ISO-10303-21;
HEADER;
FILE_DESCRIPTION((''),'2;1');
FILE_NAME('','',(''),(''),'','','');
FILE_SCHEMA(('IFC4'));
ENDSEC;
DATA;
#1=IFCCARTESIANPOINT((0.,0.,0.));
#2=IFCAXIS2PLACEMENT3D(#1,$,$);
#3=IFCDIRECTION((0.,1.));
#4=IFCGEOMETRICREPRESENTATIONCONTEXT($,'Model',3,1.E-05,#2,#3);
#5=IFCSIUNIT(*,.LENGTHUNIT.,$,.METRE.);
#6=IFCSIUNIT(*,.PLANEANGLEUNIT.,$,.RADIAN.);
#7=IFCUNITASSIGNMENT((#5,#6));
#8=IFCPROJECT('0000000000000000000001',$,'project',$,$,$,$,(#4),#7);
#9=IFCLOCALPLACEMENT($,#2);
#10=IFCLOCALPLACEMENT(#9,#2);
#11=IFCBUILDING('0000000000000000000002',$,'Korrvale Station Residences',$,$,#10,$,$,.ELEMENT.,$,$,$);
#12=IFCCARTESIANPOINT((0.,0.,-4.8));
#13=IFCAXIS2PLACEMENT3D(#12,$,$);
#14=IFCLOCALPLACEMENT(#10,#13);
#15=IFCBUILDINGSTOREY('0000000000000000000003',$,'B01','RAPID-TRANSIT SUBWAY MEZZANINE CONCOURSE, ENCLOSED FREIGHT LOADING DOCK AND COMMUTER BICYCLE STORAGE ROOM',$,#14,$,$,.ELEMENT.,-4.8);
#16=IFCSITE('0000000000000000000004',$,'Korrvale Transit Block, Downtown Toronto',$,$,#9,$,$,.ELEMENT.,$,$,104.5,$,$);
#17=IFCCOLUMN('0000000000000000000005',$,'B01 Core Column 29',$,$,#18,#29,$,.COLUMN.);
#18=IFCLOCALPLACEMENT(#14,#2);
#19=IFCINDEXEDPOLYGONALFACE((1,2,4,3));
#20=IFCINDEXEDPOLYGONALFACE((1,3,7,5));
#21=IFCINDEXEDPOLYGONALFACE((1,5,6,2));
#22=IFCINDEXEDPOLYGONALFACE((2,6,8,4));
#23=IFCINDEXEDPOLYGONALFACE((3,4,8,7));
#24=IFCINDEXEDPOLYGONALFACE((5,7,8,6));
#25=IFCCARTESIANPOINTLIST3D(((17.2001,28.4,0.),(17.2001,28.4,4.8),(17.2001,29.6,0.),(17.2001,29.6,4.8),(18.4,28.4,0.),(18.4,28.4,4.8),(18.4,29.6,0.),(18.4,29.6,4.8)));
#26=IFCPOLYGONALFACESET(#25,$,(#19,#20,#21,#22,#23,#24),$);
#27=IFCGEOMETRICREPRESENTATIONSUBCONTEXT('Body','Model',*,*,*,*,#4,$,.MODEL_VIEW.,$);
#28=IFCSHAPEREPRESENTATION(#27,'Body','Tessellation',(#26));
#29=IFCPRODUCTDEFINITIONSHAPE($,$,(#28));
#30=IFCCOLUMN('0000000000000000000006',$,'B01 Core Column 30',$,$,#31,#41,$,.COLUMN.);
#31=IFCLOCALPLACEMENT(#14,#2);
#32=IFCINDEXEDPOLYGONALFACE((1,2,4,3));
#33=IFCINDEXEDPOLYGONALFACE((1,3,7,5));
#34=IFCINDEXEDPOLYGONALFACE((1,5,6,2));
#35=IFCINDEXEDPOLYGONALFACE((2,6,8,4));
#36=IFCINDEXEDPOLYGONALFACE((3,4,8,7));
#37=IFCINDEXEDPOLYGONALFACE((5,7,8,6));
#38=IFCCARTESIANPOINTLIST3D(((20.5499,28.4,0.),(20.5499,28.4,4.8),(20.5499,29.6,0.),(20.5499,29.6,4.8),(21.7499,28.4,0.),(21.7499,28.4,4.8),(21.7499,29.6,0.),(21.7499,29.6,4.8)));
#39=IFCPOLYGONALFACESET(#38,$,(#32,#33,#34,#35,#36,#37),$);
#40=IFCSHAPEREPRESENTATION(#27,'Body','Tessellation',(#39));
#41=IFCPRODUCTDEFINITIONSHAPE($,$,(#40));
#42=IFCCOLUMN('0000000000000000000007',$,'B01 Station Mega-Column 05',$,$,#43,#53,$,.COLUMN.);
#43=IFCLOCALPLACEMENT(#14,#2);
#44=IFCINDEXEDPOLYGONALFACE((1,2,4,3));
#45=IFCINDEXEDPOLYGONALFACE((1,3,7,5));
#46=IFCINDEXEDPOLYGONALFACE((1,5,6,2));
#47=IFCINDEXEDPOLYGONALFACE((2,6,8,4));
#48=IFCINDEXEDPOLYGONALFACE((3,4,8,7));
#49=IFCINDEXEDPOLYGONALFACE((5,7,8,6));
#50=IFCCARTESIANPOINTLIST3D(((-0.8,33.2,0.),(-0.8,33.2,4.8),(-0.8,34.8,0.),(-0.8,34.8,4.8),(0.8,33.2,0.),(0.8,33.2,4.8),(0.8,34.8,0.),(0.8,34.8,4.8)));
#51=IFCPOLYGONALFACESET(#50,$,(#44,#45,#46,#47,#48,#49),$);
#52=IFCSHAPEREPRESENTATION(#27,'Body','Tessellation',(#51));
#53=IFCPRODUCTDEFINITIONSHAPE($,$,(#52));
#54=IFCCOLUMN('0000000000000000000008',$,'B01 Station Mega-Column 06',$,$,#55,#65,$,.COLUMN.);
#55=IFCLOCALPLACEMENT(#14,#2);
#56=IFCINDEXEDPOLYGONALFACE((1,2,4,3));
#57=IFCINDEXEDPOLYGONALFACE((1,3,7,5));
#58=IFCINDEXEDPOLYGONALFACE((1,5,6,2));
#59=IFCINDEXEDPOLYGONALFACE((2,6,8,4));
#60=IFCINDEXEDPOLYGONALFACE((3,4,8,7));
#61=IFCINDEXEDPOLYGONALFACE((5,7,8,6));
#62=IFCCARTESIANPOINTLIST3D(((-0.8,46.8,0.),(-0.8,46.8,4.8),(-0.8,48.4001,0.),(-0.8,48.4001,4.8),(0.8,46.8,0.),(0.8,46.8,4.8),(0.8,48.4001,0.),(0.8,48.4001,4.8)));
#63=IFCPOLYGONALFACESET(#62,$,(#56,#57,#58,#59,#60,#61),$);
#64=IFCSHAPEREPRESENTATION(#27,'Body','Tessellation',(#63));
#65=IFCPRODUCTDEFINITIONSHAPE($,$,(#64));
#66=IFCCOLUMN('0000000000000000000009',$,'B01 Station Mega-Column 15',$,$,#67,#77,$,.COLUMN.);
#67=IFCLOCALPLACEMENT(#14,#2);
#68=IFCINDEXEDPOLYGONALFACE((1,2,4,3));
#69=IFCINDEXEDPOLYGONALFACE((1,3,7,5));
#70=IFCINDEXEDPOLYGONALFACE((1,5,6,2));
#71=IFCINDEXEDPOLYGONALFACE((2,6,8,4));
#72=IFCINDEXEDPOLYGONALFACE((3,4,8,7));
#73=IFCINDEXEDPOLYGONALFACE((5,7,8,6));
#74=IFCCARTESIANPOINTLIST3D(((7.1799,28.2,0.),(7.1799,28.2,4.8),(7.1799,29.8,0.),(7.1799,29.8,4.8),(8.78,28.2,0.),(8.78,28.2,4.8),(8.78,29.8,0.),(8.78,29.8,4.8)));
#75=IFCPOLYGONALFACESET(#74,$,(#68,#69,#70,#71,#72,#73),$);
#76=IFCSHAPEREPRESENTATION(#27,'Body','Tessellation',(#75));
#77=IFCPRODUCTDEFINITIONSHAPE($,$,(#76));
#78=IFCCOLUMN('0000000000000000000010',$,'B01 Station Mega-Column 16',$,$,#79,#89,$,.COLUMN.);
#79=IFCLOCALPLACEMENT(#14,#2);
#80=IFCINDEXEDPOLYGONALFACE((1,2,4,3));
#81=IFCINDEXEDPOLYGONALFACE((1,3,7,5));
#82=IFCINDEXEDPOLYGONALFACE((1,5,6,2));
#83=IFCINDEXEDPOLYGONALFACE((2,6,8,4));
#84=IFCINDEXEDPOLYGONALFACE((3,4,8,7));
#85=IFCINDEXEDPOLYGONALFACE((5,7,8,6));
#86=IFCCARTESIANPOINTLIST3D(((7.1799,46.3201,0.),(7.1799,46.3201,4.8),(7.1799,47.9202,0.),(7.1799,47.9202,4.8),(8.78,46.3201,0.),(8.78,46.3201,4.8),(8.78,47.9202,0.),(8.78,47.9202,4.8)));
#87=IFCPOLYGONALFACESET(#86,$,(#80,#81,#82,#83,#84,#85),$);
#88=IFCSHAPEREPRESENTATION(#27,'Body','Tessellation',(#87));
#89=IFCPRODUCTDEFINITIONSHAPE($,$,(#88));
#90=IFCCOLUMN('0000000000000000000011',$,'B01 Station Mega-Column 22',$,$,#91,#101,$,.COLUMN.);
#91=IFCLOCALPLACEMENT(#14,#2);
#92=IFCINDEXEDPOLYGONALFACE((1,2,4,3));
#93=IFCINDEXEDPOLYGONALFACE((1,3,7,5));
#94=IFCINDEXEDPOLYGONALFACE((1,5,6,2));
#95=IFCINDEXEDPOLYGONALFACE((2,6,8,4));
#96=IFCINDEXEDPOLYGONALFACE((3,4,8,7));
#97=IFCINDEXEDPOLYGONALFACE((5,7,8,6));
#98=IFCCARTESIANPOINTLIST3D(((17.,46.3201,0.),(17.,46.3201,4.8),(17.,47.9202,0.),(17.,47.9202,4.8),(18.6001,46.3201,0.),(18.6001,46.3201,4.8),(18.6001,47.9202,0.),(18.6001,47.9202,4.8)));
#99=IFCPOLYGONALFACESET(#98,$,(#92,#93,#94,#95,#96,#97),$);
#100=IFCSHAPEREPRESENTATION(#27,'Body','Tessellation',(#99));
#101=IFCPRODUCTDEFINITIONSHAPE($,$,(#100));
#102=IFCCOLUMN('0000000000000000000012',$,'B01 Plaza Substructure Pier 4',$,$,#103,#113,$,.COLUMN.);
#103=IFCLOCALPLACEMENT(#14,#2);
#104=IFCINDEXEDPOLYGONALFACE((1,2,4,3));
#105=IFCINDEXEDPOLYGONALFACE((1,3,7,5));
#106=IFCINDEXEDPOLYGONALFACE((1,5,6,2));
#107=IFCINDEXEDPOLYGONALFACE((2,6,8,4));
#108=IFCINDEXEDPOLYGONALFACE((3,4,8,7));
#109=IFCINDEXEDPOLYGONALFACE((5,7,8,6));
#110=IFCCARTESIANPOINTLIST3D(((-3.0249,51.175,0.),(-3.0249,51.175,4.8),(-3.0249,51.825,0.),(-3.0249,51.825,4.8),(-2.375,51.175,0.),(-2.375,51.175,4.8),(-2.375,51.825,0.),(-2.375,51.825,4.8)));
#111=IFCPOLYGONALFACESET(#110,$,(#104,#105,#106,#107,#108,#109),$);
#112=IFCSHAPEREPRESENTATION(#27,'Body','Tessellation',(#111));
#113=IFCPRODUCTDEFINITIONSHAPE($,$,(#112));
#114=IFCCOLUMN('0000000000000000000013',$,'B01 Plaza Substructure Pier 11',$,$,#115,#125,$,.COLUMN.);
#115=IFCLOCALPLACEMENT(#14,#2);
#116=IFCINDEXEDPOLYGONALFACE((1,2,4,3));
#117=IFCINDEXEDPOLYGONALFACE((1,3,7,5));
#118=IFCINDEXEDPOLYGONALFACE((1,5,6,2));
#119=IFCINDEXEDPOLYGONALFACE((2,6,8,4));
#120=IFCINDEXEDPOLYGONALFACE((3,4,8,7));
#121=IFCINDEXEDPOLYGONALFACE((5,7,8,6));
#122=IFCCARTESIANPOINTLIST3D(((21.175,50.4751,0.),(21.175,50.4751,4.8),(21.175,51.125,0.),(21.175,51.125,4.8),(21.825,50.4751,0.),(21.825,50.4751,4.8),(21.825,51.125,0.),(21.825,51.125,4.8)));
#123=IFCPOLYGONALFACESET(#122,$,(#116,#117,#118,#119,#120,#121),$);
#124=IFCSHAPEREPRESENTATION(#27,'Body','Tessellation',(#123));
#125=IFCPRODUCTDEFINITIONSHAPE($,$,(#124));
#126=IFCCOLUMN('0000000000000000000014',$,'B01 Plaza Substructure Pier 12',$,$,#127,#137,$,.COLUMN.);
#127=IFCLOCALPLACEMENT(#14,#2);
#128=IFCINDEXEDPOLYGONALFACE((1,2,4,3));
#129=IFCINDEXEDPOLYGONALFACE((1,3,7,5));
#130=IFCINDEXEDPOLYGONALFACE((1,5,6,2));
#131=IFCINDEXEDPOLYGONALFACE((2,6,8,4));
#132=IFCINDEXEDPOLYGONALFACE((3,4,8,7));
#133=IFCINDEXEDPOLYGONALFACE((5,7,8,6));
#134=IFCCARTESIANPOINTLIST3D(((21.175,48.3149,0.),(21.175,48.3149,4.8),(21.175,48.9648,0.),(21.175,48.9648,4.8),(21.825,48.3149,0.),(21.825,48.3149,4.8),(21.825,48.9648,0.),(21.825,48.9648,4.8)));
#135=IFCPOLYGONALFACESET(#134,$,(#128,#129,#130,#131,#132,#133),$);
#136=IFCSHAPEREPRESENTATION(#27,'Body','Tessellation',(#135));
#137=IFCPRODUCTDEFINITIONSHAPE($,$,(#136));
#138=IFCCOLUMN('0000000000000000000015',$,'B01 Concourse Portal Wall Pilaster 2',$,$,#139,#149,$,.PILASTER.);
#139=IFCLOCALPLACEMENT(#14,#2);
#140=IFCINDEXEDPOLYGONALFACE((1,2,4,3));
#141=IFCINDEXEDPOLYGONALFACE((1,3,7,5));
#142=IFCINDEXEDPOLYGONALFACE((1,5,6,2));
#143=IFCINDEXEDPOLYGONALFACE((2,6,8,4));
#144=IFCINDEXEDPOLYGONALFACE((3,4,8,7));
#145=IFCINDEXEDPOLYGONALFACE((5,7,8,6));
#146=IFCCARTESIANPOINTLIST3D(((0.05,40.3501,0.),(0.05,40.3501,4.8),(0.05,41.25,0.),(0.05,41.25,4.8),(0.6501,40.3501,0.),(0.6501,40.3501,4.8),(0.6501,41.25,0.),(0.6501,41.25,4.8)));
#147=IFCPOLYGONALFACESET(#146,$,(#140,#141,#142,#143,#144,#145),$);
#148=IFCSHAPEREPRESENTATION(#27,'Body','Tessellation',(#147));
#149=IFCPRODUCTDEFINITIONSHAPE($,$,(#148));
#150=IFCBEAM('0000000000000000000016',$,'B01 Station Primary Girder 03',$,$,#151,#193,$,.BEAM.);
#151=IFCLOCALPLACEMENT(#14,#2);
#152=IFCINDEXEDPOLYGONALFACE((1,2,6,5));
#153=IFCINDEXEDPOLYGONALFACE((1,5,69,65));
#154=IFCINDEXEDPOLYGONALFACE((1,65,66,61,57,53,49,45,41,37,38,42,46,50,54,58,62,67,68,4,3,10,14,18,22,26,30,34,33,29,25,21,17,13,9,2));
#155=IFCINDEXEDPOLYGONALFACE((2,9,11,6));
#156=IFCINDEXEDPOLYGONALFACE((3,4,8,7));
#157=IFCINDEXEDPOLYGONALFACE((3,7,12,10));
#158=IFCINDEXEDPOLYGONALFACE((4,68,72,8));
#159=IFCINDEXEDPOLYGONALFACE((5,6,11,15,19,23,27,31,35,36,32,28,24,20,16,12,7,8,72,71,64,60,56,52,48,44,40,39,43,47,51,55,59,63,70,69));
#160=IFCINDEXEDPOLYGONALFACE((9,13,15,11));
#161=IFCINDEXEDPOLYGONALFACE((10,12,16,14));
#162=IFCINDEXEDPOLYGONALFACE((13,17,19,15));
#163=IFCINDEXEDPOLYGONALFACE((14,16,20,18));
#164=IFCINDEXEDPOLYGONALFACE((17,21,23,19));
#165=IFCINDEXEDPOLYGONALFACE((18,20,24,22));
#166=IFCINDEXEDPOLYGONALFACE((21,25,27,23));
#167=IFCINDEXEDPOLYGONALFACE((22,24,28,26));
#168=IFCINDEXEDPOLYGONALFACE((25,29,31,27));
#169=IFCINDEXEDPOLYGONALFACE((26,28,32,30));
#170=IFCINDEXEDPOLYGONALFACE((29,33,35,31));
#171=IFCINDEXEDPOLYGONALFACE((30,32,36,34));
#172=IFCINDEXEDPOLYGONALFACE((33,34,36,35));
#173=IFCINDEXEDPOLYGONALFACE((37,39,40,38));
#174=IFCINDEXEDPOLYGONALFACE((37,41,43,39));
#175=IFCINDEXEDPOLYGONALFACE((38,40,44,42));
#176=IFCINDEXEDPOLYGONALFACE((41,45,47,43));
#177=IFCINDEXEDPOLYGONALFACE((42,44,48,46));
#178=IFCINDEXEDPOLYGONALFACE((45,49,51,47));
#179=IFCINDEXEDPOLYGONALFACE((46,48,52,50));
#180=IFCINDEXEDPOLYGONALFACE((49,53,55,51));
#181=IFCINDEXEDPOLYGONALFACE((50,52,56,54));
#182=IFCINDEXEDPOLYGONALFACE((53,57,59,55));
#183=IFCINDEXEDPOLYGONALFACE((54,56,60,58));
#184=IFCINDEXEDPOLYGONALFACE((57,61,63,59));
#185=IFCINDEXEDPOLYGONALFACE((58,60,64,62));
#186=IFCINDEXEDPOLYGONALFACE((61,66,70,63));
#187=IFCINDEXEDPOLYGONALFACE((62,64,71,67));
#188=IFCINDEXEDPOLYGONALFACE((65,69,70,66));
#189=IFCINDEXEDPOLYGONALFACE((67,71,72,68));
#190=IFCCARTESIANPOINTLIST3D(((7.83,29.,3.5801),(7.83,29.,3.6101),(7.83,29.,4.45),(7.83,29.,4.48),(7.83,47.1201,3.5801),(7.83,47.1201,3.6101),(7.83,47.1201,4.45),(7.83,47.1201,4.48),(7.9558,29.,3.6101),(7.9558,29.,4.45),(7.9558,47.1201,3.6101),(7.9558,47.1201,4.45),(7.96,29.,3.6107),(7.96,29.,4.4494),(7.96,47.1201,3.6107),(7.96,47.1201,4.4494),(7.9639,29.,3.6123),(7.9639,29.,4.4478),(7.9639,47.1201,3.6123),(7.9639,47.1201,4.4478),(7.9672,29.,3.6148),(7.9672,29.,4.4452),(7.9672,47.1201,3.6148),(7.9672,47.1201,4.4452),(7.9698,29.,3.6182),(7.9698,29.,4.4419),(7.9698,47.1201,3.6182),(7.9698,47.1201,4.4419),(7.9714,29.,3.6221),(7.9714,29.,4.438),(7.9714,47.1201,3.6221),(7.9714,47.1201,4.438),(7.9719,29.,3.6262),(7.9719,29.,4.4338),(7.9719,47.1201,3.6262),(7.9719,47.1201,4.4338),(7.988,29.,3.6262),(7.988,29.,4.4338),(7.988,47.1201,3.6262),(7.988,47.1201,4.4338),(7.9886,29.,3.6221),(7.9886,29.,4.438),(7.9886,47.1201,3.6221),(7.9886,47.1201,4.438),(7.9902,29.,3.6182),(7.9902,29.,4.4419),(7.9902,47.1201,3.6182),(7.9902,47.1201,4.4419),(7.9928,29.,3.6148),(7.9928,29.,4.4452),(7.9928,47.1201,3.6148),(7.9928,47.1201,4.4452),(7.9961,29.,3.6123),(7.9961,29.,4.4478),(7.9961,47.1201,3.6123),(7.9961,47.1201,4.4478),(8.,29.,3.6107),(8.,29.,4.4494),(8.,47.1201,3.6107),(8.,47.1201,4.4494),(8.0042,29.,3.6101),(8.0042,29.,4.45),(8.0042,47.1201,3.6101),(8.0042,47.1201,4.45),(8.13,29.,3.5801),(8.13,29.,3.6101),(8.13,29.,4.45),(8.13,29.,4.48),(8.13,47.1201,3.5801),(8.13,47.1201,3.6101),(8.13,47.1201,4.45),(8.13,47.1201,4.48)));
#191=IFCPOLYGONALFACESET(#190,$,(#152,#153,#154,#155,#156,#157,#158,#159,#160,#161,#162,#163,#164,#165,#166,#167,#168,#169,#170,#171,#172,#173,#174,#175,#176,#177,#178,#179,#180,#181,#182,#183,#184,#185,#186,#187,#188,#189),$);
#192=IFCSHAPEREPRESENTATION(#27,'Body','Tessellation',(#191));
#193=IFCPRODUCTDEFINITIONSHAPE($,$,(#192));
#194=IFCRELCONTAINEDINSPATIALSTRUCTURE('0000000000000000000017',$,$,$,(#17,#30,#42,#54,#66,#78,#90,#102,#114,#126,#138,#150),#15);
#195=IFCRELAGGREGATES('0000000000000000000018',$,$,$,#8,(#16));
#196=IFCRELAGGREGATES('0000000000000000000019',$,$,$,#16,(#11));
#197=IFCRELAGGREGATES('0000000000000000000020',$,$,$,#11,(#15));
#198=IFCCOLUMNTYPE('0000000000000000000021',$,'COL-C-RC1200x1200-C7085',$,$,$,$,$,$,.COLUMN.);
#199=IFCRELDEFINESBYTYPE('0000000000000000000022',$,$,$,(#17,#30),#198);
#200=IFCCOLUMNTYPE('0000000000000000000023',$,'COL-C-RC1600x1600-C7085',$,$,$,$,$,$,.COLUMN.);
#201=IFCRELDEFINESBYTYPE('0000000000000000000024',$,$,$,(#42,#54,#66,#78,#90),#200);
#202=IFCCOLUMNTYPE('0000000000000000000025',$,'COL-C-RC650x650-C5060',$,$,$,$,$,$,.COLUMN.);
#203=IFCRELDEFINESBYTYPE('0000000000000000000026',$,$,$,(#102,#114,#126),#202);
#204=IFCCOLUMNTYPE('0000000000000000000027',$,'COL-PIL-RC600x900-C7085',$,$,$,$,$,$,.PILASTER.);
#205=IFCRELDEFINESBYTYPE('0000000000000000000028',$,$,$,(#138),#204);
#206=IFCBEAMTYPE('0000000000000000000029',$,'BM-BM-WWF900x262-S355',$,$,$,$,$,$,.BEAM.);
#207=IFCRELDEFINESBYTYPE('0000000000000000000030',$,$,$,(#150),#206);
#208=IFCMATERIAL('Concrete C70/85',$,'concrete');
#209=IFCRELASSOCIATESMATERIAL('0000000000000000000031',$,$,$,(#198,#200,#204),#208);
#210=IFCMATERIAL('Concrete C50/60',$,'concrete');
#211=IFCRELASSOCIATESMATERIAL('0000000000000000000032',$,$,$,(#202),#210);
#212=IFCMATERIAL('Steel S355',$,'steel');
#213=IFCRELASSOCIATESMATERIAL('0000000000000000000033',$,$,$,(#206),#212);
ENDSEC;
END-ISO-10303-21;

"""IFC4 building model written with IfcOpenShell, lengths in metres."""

from ifc_helpers import new_model, si_unit, direction, frame, origin, origin_2d, place, context, subcontext, project, spatial, rectangle, i_section, extrude, material, material_profile, profile_set, type_object, element, save


model = new_model("IFC4")

# Units and contexts
model_context = context("Model", 3, precision=1e-05, world=origin(), true_north=direction((0.0, 1.0)))
body_context = subcontext(model_context, "Body", "Model", "MODEL_VIEW")
ifc_project = project(units=[si_unit("LENGTHUNIT", "METRE"), si_unit("PLANEANGLEUNIT", "RADIAN")], contexts=[model_context])

# Site, building, storey
site_placement = place(None, origin())
site = spatial("IfcSite", under=ifc_project, at=site_placement, Name="Korrvale Transit Block, Downtown Toronto", CompositionType="ELEMENT", RefElevation=104.5)
building_placement = place(site_placement, origin())
building = spatial("IfcBuilding", under=site, at=building_placement, Name="Korrvale Station Residences", CompositionType="ELEMENT")
storey_placement = place(building_placement, frame((0.0, 0.0, -4.8)))
storey = spatial("IfcBuildingStorey", under=building, at=storey_placement, Name="B01", Description="RAPID-TRANSIT SUBWAY MEZZANINE CONCOURSE, ENCLOSED FREIGHT LOADING DOCK AND COMMUTER BICYCLE STORAGE ROOM", CompositionType="ELEMENT", Elevation=-4.8)

# Columns
ifc_material_1 = material(Name="Concrete C70/85", Category="concrete")
ifc_material_profile_1 = material_profile(ifc_material_1, rectangle(XDim=1.2, YDim=1.2, at=origin_2d()), Name="RC1200x1200")
ifc_profile_set_1 = profile_set([ifc_material_profile_1], Name="Concrete C70/85")
column_type_1 = type_object("IfcColumnType", Name="COL-C-RC1200x1200-C7085", PredefinedType="COLUMN", material=ifc_profile_set_1)
for number, where, z_axis, x_axis, name in (
    (1, (17.8, 29.0, 0.0), (0.0, 0.0, 1.0), (1.0, 0.0, 0.0), "B01 Core Column 29"),
    (2, (21.1499, 29.0, 0.0), (0.0, 0.0, 1.0), (1.0, 0.0, 0.0), "B01 Core Column 30"),
):
    element("IfcColumn", number, at=place(storey_placement, frame(where, z_axis=z_axis, x_axis=x_axis)), inside=storey, type_object=column_type_1, Name=name, PredefinedType="COLUMN", context=body_context, shape_type="SweptSolid", body=[
        extrude(rectangle(XDim=1.2, YDim=1.2, at=origin_2d()), origin(), (0.0, 0.0, 1.0), 4.8),
    ])
ifc_material_profile_2 = material_profile(ifc_material_1, rectangle(XDim=1.6001, YDim=1.6001, at=origin_2d()), Name="RC1600x1600")
ifc_profile_set_2 = profile_set([ifc_material_profile_2], Name="Concrete C70/85")
column_type_2 = type_object("IfcColumnType", Name="COL-C-RC1600x1600-C7085", PredefinedType="COLUMN", material=ifc_profile_set_2)
for number, where, z_axis, x_axis, name in (
    (3, (0.0, 34.0, 0.0), (0.0, 0.0, 1.0), (1.0, 0.0, 0.0), "B01 Station Mega-Column 05"),
    (4, (0.0, 47.6001, 0.0), (0.0, 0.0, 1.0), (1.0, 0.0, 0.0), "B01 Station Mega-Column 06"),
    (5, (7.98, 29.0, 0.0), (0.0, 0.0, 1.0), (1.0, 0.0, 0.0), "B01 Station Mega-Column 15"),
    (6, (7.98, 47.1201, 0.0), (0.0, 0.0, 1.0), (1.0, 0.0, 0.0), "B01 Station Mega-Column 16"),
    (7, (17.8, 47.1201, 0.0), (0.0, 0.0, 1.0), (1.0, 0.0, 0.0), "B01 Station Mega-Column 22"),
):
    element("IfcColumn", number, at=place(storey_placement, frame(where, z_axis=z_axis, x_axis=x_axis)), inside=storey, type_object=column_type_2, Name=name, PredefinedType="COLUMN", context=body_context, shape_type="SweptSolid", body=[
        extrude(rectangle(XDim=1.6001, YDim=1.6001, at=origin_2d()), origin(), (0.0, 0.0, 1.0), 4.8),
    ])
ifc_material_2 = material(Name="Concrete C50/60", Category="concrete")
ifc_material_profile_3 = material_profile(ifc_material_2, rectangle(XDim=0.6499, YDim=0.6499, at=origin_2d()), Name="RC650x650")
ifc_profile_set_3 = profile_set([ifc_material_profile_3], Name="Concrete C50/60")
column_type_3 = type_object("IfcColumnType", Name="COL-C-RC650x650-C5060", PredefinedType="COLUMN", material=ifc_profile_set_3)
for number, where, z_axis, x_axis, name in (
    (8, (-2.7, 51.5, 0.0), (0.0, 0.0, 1.0), (1.0, 0.0, 0.0), "B01 Plaza Substructure Pier 4"),
    (9, (21.5, 50.8, 0.0), (0.0, 0.0, 1.0), (1.0, 0.0, 0.0), "B01 Plaza Substructure Pier 11"),
    (10, (21.5, 48.6399, 0.0), (0.0, 0.0, 1.0), (1.0, 0.0, 0.0), "B01 Plaza Substructure Pier 12"),
):
    element("IfcColumn", number, at=place(storey_placement, frame(where, z_axis=z_axis, x_axis=x_axis)), inside=storey, type_object=column_type_3, Name=name, PredefinedType="COLUMN", context=body_context, shape_type="SweptSolid", body=[
        extrude(rectangle(XDim=0.6499, YDim=0.6499, at=origin_2d()), origin(), (0.0, 0.0, 1.0), 4.8),
    ])
ifc_material_profile_4 = material_profile(ifc_material_1, rectangle(XDim=0.6001, YDim=0.8999, at=origin_2d()), Name="RC600x900")
ifc_profile_set_4 = profile_set([ifc_material_profile_4], Name="Concrete C70/85")
column_type_4 = type_object("IfcColumnType", Name="COL-PIL-RC600x900-C7085", PredefinedType="PILASTER", material=ifc_profile_set_4)
column_placement = place(storey_placement, frame((0.3501, 40.8, 0.0), z_axis=(0.0, 0.0, 1.0), x_axis=(1.0, 0.0, 0.0)))
element("IfcColumn", 11, at=column_placement, inside=storey, type_object=column_type_4, Name="B01 Concourse Portal Wall Pilaster 2", PredefinedType="PILASTER", context=body_context, shape_type="SweptSolid", body=[
    extrude(rectangle(XDim=0.6001, YDim=0.8999, at=origin_2d()), origin(), (0.0, 0.0, 1.0), 4.8),
])

# Beam
ifc_material_3 = material(Name="Steel S355", Category="steel")
ifc_material_profile_5 = material_profile(ifc_material_3, i_section(OverallWidth=0.3, OverallDepth=0.8999, WebThickness=0.0161, FlangeThickness=0.03, FilletRadius=0.0161, at=origin_2d()), Name="WWF900x262")
ifc_profile_set_5 = profile_set([ifc_material_profile_5], Name="Steel S355")
beam_type_1 = type_object("IfcBeamType", Name="BM-BM-WWF900x262-S355", PredefinedType="BEAM", material=ifc_profile_set_5)
beam_1_placement = place(storey_placement, frame((7.98, 29.0, 4.03), z_axis=(0.0, 1.0, 0.0), x_axis=(-1.0, 0.0, 0.0)))
element("IfcBeam", 12, at=beam_1_placement, inside=storey, type_object=beam_type_1, Name="B01 Station Primary Girder 03", PredefinedType="BEAM", context=body_context, shape_type="SweptSolid", body=[
    extrude(i_section(OverallWidth=0.3, OverallDepth=0.8999, WebThickness=0.0161, FlangeThickness=0.03, FilletRadius=0.0161, at=origin_2d()), origin(), (0.0, 0.0, 1.0), 18.1201),
])

save(model, "model.ifc")
